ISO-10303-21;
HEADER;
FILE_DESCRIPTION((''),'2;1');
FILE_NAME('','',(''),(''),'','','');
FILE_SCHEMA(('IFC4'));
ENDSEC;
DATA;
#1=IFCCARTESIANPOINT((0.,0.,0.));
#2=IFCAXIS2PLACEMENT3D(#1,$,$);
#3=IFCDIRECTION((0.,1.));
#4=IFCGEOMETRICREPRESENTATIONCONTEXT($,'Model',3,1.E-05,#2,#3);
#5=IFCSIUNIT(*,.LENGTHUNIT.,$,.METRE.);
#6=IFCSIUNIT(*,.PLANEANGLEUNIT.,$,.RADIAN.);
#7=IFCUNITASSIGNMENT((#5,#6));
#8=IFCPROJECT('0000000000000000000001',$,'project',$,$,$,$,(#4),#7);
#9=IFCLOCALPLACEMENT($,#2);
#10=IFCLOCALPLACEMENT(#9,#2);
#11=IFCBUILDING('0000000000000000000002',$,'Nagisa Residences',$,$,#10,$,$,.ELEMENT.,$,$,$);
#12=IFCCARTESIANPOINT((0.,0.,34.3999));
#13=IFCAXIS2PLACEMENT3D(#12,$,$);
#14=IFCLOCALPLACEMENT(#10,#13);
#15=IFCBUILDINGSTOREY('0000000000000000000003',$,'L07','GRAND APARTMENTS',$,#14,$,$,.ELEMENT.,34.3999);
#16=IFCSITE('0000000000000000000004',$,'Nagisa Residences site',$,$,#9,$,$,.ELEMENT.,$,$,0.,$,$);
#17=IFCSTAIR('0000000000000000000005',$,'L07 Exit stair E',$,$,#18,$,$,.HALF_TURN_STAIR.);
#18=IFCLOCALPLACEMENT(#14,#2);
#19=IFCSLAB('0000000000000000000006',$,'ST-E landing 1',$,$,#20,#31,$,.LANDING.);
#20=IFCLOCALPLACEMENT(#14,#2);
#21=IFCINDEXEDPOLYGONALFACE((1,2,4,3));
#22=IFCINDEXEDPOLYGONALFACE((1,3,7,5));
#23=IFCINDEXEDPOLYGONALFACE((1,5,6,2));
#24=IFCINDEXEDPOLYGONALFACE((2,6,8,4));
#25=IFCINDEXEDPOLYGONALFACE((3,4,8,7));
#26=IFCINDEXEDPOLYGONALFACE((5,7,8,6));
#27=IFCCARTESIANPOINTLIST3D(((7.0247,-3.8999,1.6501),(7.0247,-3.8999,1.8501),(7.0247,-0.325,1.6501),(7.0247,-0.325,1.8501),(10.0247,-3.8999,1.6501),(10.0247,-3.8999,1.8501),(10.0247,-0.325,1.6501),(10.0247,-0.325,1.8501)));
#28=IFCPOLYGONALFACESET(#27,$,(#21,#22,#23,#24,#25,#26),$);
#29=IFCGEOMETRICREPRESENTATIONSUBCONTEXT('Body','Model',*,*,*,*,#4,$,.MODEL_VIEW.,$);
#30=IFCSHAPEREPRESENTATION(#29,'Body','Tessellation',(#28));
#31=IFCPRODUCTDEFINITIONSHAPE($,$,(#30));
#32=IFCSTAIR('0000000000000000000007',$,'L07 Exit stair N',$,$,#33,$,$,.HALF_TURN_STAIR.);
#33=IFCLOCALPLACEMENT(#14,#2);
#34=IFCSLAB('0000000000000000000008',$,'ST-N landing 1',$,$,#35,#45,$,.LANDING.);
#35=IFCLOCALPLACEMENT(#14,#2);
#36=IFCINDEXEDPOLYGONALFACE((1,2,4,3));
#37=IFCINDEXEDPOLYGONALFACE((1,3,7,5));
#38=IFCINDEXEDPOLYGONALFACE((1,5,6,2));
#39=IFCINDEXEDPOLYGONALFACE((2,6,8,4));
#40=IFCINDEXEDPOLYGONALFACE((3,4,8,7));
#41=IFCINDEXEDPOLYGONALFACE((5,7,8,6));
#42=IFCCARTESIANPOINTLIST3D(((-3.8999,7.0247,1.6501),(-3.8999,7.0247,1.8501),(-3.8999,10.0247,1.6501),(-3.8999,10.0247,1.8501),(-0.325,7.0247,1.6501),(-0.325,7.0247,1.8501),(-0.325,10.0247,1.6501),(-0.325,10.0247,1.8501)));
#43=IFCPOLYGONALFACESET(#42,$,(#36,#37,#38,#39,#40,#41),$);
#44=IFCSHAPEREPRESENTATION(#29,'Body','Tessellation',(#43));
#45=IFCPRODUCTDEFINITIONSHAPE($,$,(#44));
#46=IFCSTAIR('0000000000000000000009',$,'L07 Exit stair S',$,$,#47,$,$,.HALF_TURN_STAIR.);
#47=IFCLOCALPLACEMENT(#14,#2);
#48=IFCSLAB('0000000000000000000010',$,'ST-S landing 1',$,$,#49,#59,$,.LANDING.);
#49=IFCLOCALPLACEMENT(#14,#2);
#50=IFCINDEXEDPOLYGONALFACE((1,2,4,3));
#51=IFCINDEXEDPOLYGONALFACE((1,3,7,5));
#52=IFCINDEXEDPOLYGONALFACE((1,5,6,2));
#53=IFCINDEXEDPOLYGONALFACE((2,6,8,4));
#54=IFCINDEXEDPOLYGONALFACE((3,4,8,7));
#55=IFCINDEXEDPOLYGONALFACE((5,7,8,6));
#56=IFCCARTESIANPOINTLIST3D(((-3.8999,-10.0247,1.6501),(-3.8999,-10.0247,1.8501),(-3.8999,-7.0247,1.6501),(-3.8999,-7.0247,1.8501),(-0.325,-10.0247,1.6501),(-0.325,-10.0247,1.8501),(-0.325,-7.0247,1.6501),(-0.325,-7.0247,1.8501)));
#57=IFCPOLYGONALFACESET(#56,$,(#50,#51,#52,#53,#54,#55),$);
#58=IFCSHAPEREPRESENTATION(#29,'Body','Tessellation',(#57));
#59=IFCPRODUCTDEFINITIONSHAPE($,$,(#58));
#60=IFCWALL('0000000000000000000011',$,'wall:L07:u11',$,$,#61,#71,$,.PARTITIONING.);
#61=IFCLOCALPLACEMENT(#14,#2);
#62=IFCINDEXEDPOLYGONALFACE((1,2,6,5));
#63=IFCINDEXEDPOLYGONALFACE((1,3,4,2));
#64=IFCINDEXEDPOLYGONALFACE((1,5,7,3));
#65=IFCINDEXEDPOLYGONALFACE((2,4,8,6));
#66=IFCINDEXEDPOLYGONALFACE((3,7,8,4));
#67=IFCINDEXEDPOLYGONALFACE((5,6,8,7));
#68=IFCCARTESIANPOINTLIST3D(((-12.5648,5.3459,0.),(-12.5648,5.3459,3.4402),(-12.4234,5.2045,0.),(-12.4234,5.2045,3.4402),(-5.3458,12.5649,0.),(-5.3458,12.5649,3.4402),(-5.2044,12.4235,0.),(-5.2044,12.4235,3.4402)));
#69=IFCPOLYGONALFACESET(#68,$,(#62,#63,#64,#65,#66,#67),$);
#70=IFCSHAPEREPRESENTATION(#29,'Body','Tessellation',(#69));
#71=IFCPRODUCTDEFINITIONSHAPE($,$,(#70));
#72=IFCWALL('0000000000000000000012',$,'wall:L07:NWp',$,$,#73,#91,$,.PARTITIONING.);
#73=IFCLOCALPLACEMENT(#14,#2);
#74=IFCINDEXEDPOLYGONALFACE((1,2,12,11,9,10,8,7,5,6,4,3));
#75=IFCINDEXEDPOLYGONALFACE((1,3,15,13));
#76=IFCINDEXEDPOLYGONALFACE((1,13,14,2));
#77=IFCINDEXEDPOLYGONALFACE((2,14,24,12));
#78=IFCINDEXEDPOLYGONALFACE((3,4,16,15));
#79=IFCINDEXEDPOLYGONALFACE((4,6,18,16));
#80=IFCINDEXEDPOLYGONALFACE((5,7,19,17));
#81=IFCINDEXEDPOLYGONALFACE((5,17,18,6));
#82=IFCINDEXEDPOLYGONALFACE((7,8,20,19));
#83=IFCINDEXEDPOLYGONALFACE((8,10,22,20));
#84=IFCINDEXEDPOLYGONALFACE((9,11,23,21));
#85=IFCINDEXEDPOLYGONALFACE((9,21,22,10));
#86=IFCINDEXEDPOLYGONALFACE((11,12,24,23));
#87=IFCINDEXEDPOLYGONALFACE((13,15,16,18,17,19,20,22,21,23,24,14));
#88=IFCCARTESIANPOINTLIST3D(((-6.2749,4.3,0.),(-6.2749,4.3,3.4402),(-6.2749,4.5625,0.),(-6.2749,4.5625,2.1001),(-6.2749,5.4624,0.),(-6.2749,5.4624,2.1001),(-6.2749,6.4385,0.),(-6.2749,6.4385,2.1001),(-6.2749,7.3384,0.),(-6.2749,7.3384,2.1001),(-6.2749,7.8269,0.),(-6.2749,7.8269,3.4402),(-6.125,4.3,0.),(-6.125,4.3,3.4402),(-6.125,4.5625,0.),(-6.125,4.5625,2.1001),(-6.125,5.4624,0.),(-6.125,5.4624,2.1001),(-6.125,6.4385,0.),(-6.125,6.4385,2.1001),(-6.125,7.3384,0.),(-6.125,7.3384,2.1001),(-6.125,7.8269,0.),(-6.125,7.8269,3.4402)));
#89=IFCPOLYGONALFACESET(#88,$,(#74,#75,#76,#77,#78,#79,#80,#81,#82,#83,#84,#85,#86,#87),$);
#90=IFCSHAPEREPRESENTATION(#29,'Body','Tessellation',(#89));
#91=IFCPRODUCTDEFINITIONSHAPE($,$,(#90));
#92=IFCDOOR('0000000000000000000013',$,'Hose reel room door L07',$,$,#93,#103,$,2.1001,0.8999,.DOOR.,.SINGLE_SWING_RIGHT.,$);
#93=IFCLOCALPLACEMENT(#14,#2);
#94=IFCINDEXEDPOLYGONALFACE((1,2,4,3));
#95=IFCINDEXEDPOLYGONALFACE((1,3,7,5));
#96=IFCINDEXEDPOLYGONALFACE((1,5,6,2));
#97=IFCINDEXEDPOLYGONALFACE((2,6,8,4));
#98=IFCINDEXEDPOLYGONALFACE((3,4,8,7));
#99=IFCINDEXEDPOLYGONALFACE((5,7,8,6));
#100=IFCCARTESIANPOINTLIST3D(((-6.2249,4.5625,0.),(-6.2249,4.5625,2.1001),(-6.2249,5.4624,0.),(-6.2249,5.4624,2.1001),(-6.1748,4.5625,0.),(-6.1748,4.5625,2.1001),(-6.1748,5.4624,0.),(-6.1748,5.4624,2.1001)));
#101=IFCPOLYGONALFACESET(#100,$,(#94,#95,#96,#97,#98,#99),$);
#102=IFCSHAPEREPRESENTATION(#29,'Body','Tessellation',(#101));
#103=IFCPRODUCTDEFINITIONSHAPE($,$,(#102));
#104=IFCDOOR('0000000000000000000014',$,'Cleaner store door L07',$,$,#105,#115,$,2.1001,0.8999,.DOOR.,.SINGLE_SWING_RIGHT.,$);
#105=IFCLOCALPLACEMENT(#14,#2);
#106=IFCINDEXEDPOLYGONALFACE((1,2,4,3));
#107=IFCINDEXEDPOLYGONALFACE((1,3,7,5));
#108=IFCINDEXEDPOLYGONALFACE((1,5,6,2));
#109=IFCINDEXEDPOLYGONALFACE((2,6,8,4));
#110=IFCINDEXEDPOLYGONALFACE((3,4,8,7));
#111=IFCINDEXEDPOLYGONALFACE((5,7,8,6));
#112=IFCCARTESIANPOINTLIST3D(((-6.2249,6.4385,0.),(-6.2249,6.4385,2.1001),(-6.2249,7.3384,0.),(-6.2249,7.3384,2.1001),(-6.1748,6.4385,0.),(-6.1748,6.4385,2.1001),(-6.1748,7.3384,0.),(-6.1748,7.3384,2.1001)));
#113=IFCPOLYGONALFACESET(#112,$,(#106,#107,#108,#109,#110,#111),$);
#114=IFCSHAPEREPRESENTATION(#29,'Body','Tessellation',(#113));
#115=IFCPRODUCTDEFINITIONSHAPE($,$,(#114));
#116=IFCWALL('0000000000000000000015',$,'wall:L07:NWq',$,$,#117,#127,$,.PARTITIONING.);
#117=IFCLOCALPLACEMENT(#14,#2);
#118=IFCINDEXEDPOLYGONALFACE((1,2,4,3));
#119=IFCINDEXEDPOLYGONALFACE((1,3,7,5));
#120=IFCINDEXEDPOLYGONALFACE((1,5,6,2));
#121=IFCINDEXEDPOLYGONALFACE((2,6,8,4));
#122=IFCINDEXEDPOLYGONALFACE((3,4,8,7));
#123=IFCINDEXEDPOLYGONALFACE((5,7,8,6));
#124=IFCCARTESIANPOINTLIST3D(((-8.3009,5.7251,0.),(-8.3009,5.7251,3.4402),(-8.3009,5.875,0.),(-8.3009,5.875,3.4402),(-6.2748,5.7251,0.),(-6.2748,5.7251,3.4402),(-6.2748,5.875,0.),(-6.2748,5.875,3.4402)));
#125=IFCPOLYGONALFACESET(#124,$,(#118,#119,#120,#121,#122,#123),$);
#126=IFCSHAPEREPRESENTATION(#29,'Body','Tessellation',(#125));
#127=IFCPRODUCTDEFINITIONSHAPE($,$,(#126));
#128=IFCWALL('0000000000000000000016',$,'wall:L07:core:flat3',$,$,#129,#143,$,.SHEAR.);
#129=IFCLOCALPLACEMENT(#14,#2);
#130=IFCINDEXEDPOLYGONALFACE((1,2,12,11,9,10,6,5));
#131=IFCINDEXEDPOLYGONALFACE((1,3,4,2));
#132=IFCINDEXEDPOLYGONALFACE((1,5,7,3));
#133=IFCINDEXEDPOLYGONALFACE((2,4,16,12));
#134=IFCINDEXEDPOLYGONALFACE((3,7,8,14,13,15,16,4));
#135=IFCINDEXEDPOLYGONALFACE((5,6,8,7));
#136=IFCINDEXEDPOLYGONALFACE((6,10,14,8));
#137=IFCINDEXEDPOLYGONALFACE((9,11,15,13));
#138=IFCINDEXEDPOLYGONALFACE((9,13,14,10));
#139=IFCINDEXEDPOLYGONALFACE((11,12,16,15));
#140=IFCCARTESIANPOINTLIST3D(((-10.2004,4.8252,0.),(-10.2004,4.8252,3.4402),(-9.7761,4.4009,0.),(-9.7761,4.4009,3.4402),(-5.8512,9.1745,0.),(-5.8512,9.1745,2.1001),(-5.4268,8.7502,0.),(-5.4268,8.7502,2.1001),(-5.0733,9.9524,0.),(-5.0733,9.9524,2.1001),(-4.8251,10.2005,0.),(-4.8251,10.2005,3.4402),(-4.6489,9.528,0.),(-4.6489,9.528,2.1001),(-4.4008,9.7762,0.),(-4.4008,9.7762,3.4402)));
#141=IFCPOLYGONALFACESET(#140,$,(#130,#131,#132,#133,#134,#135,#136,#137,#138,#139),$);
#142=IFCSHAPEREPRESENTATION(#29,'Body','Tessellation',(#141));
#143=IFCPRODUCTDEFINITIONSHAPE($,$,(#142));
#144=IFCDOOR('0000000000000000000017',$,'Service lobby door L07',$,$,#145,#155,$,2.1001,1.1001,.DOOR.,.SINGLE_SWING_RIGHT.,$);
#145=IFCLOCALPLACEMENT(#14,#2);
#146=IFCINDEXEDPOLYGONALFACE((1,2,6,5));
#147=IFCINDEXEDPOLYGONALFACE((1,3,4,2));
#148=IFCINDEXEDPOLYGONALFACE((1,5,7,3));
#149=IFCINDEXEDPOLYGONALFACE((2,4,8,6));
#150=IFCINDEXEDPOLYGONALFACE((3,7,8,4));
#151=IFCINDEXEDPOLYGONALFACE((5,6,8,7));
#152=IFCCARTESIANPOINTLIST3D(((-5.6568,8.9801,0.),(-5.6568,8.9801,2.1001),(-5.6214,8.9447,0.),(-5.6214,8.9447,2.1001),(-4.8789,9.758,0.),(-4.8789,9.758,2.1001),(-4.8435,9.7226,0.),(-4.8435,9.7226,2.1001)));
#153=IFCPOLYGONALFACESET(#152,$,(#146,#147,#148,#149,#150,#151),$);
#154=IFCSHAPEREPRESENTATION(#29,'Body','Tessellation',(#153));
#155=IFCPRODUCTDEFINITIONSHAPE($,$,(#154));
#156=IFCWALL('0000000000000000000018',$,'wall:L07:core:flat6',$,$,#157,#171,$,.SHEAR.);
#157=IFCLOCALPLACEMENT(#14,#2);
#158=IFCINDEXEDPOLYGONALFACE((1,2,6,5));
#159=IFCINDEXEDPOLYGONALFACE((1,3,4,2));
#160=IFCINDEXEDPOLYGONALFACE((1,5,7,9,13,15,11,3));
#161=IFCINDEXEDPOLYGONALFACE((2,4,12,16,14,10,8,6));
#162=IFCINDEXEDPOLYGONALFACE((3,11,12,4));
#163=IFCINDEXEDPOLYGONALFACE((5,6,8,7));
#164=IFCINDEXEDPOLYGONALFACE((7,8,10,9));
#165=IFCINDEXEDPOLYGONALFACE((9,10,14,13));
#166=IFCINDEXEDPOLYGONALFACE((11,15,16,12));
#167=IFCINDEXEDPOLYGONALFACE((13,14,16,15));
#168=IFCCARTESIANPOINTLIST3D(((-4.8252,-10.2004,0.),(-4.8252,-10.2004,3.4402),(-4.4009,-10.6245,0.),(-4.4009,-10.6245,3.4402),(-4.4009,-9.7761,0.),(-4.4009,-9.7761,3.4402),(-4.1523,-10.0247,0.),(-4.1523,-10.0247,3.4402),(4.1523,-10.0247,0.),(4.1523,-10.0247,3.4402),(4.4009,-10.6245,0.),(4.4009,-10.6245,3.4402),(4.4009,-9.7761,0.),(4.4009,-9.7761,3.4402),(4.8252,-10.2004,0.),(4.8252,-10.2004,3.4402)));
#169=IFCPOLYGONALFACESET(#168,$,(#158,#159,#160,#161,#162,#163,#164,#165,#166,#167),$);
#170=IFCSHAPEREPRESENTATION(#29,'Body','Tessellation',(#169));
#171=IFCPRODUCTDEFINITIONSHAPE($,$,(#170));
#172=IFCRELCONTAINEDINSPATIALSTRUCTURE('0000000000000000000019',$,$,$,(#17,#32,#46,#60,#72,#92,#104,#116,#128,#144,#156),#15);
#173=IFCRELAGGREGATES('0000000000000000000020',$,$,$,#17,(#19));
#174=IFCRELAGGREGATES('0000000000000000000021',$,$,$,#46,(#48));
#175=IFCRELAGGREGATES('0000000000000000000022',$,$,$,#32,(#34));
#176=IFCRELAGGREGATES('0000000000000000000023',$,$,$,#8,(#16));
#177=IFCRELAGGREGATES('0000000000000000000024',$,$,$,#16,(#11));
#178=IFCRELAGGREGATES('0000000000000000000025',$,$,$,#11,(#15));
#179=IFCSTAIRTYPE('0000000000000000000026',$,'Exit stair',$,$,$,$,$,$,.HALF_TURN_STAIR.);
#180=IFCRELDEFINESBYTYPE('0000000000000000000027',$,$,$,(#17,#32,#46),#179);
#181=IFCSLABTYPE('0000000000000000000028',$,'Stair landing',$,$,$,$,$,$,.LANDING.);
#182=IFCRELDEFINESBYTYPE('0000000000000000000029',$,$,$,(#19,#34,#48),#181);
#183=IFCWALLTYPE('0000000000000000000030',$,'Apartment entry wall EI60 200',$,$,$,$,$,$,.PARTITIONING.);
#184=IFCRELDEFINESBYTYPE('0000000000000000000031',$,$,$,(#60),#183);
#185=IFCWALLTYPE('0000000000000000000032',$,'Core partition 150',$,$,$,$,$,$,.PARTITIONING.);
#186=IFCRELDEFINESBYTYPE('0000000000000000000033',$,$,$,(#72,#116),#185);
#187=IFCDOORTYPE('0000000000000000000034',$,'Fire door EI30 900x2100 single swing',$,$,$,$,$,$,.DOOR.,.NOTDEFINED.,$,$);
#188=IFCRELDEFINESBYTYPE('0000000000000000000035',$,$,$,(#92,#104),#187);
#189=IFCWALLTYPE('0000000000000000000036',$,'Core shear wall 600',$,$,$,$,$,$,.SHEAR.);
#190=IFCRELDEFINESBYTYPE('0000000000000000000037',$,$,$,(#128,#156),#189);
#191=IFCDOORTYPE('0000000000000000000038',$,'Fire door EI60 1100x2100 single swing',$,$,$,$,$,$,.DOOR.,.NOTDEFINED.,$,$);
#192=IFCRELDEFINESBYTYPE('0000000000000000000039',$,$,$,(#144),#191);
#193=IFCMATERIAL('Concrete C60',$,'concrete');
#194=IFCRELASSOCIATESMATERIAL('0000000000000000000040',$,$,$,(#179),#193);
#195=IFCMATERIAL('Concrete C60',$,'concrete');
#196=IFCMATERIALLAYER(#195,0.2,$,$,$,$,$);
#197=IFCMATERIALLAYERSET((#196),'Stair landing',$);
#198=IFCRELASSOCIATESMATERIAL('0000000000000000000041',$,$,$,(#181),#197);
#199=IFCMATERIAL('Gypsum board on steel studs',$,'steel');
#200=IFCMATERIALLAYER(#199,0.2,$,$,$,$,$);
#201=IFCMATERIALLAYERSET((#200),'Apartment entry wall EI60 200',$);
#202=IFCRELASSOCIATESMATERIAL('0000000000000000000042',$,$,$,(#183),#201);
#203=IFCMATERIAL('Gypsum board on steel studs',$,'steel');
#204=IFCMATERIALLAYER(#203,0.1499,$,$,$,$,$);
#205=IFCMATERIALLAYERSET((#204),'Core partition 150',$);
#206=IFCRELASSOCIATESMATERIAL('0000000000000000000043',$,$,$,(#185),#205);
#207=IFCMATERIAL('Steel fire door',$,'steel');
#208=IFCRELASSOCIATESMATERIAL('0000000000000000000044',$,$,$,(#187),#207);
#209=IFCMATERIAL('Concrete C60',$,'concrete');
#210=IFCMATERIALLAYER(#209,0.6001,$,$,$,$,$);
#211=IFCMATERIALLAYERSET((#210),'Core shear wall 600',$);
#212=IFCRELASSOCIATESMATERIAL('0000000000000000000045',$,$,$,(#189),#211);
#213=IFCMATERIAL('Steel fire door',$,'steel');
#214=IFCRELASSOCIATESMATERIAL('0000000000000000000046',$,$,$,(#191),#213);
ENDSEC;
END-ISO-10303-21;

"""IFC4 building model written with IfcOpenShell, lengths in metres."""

from ifc_helpers import new_model, si_unit, direction, frame, frame_2d, origin, place, context, subcontext, project, spatial, polyline, rectangle, outline, extrude, material, layer, layer_set, type_object, element, fill, aggregate, save


model = new_model("IFC4")

# Units and contexts
model_context = context("Model", 3, precision=1e-05, world=origin(), true_north=direction((0.0, 1.0)))
body_context = subcontext(model_context, "Body", "Model", "MODEL_VIEW")
ifc_project = project(units=[si_unit("LENGTHUNIT", "METRE"), si_unit("PLANEANGLEUNIT", "RADIAN")], contexts=[model_context])

# Site, building, storey
site_placement = place(None, origin())
site = spatial("IfcSite", under=ifc_project, at=site_placement, Name="Nagisa Residences site", CompositionType="ELEMENT", RefElevation=0.0)
building_placement = place(site_placement, origin())
building = spatial("IfcBuilding", under=site, at=building_placement, Name="Nagisa Residences", CompositionType="ELEMENT")
storey_placement = place(building_placement, frame((0.0, 0.0, 34.3999)))
storey = spatial("IfcBuildingStorey", under=building, at=storey_placement, Name="L07", Description="GRAND APARTMENTS", CompositionType="ELEMENT", Elevation=34.3999)

# Stairs, slabs
ifc_material_1 = material(Name="Concrete C60", Category="concrete")
stair_type = type_object("IfcStairType", Name="Exit stair", PredefinedType="HALF_TURN_STAIR", material=ifc_material_1)
stair_1_placement = place(storey_placement, origin())
stair_1 = element("IfcStair", 1, at=stair_1_placement, inside=storey, type_object=stair_type, Name="L07 Exit stair E", PredefinedType="HALF_TURN_STAIR")
ifc_material_2 = material(Name="Concrete C60", Category="concrete")
ifc_layer_1 = layer(ifc_material_2, 0.2)
ifc_layer_set_1 = layer_set([ifc_layer_1], Name="Stair landing")
slab_type = type_object("IfcSlabType", Name="Stair landing", PredefinedType="LANDING", material=ifc_layer_set_1)
slab_1_placement = place(storey_placement, frame((0.0, 0.0, 1.6501)))
slab_1 = element("IfcSlab", 2, at=slab_1_placement, type_object=slab_type, Name="ST-E landing 1", PredefinedType="LANDING", context=body_context, shape_type="SweptSolid", body=[
    extrude(outline(polyline([(7.0247, -0.325), (7.0247, -3.8999), (10.0247, -3.8999), (10.0247, -0.325), (7.0247, -0.325)])), origin(), (0.0, 0.0, 1.0), 0.2),
])
aggregate(stair_1, [slab_1])
stair_2_placement = place(storey_placement, origin())
stair_2 = element("IfcStair", 3, at=stair_2_placement, inside=storey, type_object=stair_type, Name="L07 Exit stair N", PredefinedType="HALF_TURN_STAIR")
slab_2_placement = place(storey_placement, frame((0.0, 0.0, 1.6501)))
slab_2 = element("IfcSlab", 4, at=slab_2_placement, type_object=slab_type, Name="ST-N landing 1", PredefinedType="LANDING", context=body_context, shape_type="SweptSolid", body=[
    extrude(outline(polyline([(-0.325, 10.0247), (-3.8999, 10.0247), (-3.8999, 7.0247), (-0.325, 7.0247), (-0.325, 10.0247)])), origin(), (0.0, 0.0, 1.0), 0.2),
])
stair_3_placement = place(storey_placement, origin())
stair_3 = element("IfcStair", 5, at=stair_3_placement, inside=storey, type_object=stair_type, Name="L07 Exit stair S", PredefinedType="HALF_TURN_STAIR")
slab_3_placement = place(storey_placement, frame((0.0, 0.0, 1.6501)))
slab_3 = element("IfcSlab", 6, at=slab_3_placement, type_object=slab_type, Name="ST-S landing 1", PredefinedType="LANDING", context=body_context, shape_type="SweptSolid", body=[
    extrude(outline(polyline([(-0.325, -7.0247), (-3.8999, -7.0247), (-3.8999, -10.0247), (-0.325, -10.0247), (-0.325, -7.0247)])), origin(), (0.0, 0.0, 1.0), 0.2),
])
aggregate(stair_3, [slab_3])

# Wall
ifc_material_3 = material(Name="Gypsum board on steel studs", Category="steel")
ifc_layer_2 = layer(ifc_material_3, 0.2)
ifc_layer_set_2 = layer_set([ifc_layer_2], Name="Apartment entry wall EI60 200")
wall_type_1 = type_object("IfcWallType", Name="Apartment entry wall EI60 200", PredefinedType="PARTITIONING", material=ifc_layer_set_2)
wall_1_placement = place(storey_placement, frame((-5.2751, 12.4941, 0.0), z_axis=(0.0, 0.0, 1.0), x_axis=(-0.707107, -0.707107, 0.0)))
element("IfcWall", 7, at=wall_1_placement, inside=storey, type_object=wall_type_1, Name="wall:L07:u11", PredefinedType="PARTITIONING", context=body_context, shape_type="SweptSolid", body=[
    extrude(rectangle(XDim=10.2092, YDim=0.2, at=frame_2d((5.1045, 0.0))), origin(), (0.0, 0.0, 1.0), 3.4402),
])

# Wall, openings, doors
ifc_material_4 = material(Name="Gypsum board on steel studs", Category="steel")
ifc_layer_3 = layer(ifc_material_4, 0.1499)
ifc_layer_set_3 = layer_set([ifc_layer_3], Name="Core partition 150")
wall_type_2 = type_object("IfcWallType", Name="Core partition 150", PredefinedType="PARTITIONING", material=ifc_layer_set_3)
wall_2_placement = place(storey_placement, frame((-6.2, 4.3, 0.0), z_axis=(0.0, 0.0, 1.0), x_axis=(0.0, 1.0, 0.0)))
wall_2 = element("IfcWall", 8, at=wall_2_placement, inside=storey, type_object=wall_type_2, Name="wall:L07:NWp", PredefinedType="PARTITIONING", context=body_context, shape_type="SweptSolid", body=[
    extrude(rectangle(XDim=3.5269, YDim=0.1499, at=frame_2d((1.7634, 0.0))), origin(), (0.0, 0.0, 1.0), 3.4402),
])
opening_1_placement = place(wall_2_placement, frame((0.2625, 0.0, 0.0)))
opening_1 = element("IfcOpeningElement", 9, at=opening_1_placement, cuts=wall_2, PredefinedType="OPENING", context=body_context, shape_type="SweptSolid", body=[
    extrude(rectangle(XDim=0.8999, YDim=2.1001, at=frame_2d((0.45, 1.05))), frame((0.0, 0.085, 0.0), z_axis=(0.0, -1.0, 0.0), x_axis=(1.0, 0.0, 0.0)), (0.0, 0.0, 1.0), 0.1699),
])
opening_2_placement = place(wall_2_placement, frame((2.1384, 0.0, 0.0)))
opening_2 = element("IfcOpeningElement", 10, at=opening_2_placement, cuts=wall_2, PredefinedType="OPENING", context=body_context, shape_type="SweptSolid", body=[
    extrude(rectangle(XDim=0.8999, YDim=2.1001, at=frame_2d((0.45, 1.05))), frame((0.0, 0.085, 0.0), z_axis=(0.0, -1.0, 0.0), x_axis=(1.0, 0.0, 0.0)), (0.0, 0.0, 1.0), 0.1699),
])
ifc_material_5 = material(Name="Steel fire door", Category="steel")
door_type_1 = type_object("IfcDoorType", Name="Fire door EI30 900x2100 single swing", OperationType="NOTDEFINED", PredefinedType="DOOR", material=ifc_material_5)
door_1_placement = place(opening_1_placement, origin())
door_1 = element("IfcDoor", 11, at=door_1_placement, inside=storey, type_object=door_type_1, Name="Hose reel room door L07", OperationType="SINGLE_SWING_RIGHT", OverallHeight=2.1001, OverallWidth=0.8999, PredefinedType="DOOR", context=body_context, shape_type="SweptSolid", body=[
    extrude(rectangle(XDim=0.8999, YDim=2.1001, at=frame_2d((0.45, 1.05))), frame((0.0, 0.0249, 0.0), z_axis=(0.0, -1.0, 0.0), x_axis=(1.0, 0.0, 0.0)), (0.0, 0.0, 1.0), 0.05),
])
fill(opening_1, door_1)
door_2_placement = place(opening_2_placement, origin())
door_2 = element("IfcDoor", 12, at=door_2_placement, inside=storey, type_object=door_type_1, Name="Cleaner store door L07", OperationType="SINGLE_SWING_RIGHT", OverallHeight=2.1001, OverallWidth=0.8999, PredefinedType="DOOR", context=body_context, shape_type="SweptSolid", body=[
    extrude(rectangle(XDim=0.8999, YDim=2.1001, at=frame_2d((0.45, 1.05))), frame((0.0, 0.0249, 0.0), z_axis=(0.0, -1.0, 0.0), x_axis=(1.0, 0.0, 0.0)), (0.0, 0.0, 1.0), 0.05),
])
fill(opening_2, door_2)

# Wall
wall_3_placement = place(storey_placement, frame((-8.301, 5.8, 0.0), z_axis=(0.0, 0.0, 1.0), x_axis=(1.0, 0.0, 0.0)))
element("IfcWall", 13, at=wall_3_placement, inside=storey, type_object=wall_type_2, Name="wall:L07:NWq", PredefinedType="PARTITIONING", context=body_context, shape_type="SweptSolid", body=[
    extrude(rectangle(XDim=2.0261, YDim=0.1499, at=frame_2d((1.0132, 0.0))), origin(), (0.0, 0.0, 1.0), 3.4402),
])

# Wall, opening, door
ifc_material_6 = material(Name="Concrete C60", Category="concrete")
ifc_layer_4 = layer(ifc_material_6, 0.6001)
ifc_layer_set_4 = layer_set([ifc_layer_4], Name="Core shear wall 600")
wall_type_3 = type_object("IfcWallType", Name="Core shear wall 600", PredefinedType="SHEAR", material=ifc_layer_set_4)
wall_4_placement = place(storey_placement, frame((-4.613, 9.9883, 0.0), z_axis=(0.0, 0.0, 1.0), x_axis=(-0.707107, -0.707107, 0.0)))
wall_4 = element("IfcWall", 14, at=wall_4_placement, inside=storey, type_object=wall_type_3, Name="wall:L07:core:flat3", PredefinedType="SHEAR", context=body_context, shape_type="SweptSolid", body=[
    extrude(rectangle(XDim=7.6018, YDim=0.6001, at=frame_2d((3.8008, 0.0))), origin(), (0.0, 0.0, 1.0), 3.4402),
])
opening_3_placement = place(wall_4_placement, frame((0.3508, 0.0, 0.0)))
opening_3 = element("IfcOpeningElement", 15, at=opening_3_placement, cuts=wall_4, PredefinedType="OPENING", context=body_context, shape_type="SweptSolid", body=[
    extrude(rectangle(XDim=1.1001, YDim=2.1001, at=frame_2d((0.55, 1.05))), frame((0.0, 0.3101, 0.0), z_axis=(0.0, -1.0, 0.0), x_axis=(1.0, 0.0, 0.0)), (0.0, 0.0, 1.0), 0.6201),
])
ifc_material_7 = material(Name="Steel fire door", Category="steel")
door_type_2 = type_object("IfcDoorType", Name="Fire door EI60 1100x2100 single swing", OperationType="NOTDEFINED", PredefinedType="DOOR", material=ifc_material_7)
door_3_placement = place(opening_3_placement, origin())
door_3 = element("IfcDoor", 16, at=door_3_placement, inside=storey, type_object=door_type_2, Name="Service lobby door L07", OperationType="SINGLE_SWING_RIGHT", OverallHeight=2.1001, OverallWidth=1.1001, PredefinedType="DOOR", context=body_context, shape_type="SweptSolid", body=[
    extrude(rectangle(XDim=1.1001, YDim=2.1001, at=frame_2d((0.55, 1.05))), frame((0.0, 0.0249, 0.0), z_axis=(0.0, -1.0, 0.0), x_axis=(1.0, 0.0, 0.0)), (0.0, 0.0, 1.0), 0.05),
])
fill(opening_3, door_3)

# Wall
wall_5_placement = place(storey_placement, origin())
element("IfcWall", 17, at=wall_5_placement, inside=storey, type_object=wall_type_3, Name="wall:L07:core:flat6", PredefinedType="SHEAR", context=body_context, shape_type="SweptSolid", body=[
    extrude(outline(polyline([(-4.1523, -10.0247), (4.1523, -10.0247), (4.4009, -9.7761), (4.8252, -10.2004), (4.4009, -10.6245), (-4.4009, -10.6245), (-4.8252, -10.2004), (-4.4009, -9.7761), (-4.1523, -10.0247)])), origin(), (0.0, 0.0, 1.0), 3.4402),
])

aggregate(stair_2, [slab_2])

save(model, "model.ifc")
